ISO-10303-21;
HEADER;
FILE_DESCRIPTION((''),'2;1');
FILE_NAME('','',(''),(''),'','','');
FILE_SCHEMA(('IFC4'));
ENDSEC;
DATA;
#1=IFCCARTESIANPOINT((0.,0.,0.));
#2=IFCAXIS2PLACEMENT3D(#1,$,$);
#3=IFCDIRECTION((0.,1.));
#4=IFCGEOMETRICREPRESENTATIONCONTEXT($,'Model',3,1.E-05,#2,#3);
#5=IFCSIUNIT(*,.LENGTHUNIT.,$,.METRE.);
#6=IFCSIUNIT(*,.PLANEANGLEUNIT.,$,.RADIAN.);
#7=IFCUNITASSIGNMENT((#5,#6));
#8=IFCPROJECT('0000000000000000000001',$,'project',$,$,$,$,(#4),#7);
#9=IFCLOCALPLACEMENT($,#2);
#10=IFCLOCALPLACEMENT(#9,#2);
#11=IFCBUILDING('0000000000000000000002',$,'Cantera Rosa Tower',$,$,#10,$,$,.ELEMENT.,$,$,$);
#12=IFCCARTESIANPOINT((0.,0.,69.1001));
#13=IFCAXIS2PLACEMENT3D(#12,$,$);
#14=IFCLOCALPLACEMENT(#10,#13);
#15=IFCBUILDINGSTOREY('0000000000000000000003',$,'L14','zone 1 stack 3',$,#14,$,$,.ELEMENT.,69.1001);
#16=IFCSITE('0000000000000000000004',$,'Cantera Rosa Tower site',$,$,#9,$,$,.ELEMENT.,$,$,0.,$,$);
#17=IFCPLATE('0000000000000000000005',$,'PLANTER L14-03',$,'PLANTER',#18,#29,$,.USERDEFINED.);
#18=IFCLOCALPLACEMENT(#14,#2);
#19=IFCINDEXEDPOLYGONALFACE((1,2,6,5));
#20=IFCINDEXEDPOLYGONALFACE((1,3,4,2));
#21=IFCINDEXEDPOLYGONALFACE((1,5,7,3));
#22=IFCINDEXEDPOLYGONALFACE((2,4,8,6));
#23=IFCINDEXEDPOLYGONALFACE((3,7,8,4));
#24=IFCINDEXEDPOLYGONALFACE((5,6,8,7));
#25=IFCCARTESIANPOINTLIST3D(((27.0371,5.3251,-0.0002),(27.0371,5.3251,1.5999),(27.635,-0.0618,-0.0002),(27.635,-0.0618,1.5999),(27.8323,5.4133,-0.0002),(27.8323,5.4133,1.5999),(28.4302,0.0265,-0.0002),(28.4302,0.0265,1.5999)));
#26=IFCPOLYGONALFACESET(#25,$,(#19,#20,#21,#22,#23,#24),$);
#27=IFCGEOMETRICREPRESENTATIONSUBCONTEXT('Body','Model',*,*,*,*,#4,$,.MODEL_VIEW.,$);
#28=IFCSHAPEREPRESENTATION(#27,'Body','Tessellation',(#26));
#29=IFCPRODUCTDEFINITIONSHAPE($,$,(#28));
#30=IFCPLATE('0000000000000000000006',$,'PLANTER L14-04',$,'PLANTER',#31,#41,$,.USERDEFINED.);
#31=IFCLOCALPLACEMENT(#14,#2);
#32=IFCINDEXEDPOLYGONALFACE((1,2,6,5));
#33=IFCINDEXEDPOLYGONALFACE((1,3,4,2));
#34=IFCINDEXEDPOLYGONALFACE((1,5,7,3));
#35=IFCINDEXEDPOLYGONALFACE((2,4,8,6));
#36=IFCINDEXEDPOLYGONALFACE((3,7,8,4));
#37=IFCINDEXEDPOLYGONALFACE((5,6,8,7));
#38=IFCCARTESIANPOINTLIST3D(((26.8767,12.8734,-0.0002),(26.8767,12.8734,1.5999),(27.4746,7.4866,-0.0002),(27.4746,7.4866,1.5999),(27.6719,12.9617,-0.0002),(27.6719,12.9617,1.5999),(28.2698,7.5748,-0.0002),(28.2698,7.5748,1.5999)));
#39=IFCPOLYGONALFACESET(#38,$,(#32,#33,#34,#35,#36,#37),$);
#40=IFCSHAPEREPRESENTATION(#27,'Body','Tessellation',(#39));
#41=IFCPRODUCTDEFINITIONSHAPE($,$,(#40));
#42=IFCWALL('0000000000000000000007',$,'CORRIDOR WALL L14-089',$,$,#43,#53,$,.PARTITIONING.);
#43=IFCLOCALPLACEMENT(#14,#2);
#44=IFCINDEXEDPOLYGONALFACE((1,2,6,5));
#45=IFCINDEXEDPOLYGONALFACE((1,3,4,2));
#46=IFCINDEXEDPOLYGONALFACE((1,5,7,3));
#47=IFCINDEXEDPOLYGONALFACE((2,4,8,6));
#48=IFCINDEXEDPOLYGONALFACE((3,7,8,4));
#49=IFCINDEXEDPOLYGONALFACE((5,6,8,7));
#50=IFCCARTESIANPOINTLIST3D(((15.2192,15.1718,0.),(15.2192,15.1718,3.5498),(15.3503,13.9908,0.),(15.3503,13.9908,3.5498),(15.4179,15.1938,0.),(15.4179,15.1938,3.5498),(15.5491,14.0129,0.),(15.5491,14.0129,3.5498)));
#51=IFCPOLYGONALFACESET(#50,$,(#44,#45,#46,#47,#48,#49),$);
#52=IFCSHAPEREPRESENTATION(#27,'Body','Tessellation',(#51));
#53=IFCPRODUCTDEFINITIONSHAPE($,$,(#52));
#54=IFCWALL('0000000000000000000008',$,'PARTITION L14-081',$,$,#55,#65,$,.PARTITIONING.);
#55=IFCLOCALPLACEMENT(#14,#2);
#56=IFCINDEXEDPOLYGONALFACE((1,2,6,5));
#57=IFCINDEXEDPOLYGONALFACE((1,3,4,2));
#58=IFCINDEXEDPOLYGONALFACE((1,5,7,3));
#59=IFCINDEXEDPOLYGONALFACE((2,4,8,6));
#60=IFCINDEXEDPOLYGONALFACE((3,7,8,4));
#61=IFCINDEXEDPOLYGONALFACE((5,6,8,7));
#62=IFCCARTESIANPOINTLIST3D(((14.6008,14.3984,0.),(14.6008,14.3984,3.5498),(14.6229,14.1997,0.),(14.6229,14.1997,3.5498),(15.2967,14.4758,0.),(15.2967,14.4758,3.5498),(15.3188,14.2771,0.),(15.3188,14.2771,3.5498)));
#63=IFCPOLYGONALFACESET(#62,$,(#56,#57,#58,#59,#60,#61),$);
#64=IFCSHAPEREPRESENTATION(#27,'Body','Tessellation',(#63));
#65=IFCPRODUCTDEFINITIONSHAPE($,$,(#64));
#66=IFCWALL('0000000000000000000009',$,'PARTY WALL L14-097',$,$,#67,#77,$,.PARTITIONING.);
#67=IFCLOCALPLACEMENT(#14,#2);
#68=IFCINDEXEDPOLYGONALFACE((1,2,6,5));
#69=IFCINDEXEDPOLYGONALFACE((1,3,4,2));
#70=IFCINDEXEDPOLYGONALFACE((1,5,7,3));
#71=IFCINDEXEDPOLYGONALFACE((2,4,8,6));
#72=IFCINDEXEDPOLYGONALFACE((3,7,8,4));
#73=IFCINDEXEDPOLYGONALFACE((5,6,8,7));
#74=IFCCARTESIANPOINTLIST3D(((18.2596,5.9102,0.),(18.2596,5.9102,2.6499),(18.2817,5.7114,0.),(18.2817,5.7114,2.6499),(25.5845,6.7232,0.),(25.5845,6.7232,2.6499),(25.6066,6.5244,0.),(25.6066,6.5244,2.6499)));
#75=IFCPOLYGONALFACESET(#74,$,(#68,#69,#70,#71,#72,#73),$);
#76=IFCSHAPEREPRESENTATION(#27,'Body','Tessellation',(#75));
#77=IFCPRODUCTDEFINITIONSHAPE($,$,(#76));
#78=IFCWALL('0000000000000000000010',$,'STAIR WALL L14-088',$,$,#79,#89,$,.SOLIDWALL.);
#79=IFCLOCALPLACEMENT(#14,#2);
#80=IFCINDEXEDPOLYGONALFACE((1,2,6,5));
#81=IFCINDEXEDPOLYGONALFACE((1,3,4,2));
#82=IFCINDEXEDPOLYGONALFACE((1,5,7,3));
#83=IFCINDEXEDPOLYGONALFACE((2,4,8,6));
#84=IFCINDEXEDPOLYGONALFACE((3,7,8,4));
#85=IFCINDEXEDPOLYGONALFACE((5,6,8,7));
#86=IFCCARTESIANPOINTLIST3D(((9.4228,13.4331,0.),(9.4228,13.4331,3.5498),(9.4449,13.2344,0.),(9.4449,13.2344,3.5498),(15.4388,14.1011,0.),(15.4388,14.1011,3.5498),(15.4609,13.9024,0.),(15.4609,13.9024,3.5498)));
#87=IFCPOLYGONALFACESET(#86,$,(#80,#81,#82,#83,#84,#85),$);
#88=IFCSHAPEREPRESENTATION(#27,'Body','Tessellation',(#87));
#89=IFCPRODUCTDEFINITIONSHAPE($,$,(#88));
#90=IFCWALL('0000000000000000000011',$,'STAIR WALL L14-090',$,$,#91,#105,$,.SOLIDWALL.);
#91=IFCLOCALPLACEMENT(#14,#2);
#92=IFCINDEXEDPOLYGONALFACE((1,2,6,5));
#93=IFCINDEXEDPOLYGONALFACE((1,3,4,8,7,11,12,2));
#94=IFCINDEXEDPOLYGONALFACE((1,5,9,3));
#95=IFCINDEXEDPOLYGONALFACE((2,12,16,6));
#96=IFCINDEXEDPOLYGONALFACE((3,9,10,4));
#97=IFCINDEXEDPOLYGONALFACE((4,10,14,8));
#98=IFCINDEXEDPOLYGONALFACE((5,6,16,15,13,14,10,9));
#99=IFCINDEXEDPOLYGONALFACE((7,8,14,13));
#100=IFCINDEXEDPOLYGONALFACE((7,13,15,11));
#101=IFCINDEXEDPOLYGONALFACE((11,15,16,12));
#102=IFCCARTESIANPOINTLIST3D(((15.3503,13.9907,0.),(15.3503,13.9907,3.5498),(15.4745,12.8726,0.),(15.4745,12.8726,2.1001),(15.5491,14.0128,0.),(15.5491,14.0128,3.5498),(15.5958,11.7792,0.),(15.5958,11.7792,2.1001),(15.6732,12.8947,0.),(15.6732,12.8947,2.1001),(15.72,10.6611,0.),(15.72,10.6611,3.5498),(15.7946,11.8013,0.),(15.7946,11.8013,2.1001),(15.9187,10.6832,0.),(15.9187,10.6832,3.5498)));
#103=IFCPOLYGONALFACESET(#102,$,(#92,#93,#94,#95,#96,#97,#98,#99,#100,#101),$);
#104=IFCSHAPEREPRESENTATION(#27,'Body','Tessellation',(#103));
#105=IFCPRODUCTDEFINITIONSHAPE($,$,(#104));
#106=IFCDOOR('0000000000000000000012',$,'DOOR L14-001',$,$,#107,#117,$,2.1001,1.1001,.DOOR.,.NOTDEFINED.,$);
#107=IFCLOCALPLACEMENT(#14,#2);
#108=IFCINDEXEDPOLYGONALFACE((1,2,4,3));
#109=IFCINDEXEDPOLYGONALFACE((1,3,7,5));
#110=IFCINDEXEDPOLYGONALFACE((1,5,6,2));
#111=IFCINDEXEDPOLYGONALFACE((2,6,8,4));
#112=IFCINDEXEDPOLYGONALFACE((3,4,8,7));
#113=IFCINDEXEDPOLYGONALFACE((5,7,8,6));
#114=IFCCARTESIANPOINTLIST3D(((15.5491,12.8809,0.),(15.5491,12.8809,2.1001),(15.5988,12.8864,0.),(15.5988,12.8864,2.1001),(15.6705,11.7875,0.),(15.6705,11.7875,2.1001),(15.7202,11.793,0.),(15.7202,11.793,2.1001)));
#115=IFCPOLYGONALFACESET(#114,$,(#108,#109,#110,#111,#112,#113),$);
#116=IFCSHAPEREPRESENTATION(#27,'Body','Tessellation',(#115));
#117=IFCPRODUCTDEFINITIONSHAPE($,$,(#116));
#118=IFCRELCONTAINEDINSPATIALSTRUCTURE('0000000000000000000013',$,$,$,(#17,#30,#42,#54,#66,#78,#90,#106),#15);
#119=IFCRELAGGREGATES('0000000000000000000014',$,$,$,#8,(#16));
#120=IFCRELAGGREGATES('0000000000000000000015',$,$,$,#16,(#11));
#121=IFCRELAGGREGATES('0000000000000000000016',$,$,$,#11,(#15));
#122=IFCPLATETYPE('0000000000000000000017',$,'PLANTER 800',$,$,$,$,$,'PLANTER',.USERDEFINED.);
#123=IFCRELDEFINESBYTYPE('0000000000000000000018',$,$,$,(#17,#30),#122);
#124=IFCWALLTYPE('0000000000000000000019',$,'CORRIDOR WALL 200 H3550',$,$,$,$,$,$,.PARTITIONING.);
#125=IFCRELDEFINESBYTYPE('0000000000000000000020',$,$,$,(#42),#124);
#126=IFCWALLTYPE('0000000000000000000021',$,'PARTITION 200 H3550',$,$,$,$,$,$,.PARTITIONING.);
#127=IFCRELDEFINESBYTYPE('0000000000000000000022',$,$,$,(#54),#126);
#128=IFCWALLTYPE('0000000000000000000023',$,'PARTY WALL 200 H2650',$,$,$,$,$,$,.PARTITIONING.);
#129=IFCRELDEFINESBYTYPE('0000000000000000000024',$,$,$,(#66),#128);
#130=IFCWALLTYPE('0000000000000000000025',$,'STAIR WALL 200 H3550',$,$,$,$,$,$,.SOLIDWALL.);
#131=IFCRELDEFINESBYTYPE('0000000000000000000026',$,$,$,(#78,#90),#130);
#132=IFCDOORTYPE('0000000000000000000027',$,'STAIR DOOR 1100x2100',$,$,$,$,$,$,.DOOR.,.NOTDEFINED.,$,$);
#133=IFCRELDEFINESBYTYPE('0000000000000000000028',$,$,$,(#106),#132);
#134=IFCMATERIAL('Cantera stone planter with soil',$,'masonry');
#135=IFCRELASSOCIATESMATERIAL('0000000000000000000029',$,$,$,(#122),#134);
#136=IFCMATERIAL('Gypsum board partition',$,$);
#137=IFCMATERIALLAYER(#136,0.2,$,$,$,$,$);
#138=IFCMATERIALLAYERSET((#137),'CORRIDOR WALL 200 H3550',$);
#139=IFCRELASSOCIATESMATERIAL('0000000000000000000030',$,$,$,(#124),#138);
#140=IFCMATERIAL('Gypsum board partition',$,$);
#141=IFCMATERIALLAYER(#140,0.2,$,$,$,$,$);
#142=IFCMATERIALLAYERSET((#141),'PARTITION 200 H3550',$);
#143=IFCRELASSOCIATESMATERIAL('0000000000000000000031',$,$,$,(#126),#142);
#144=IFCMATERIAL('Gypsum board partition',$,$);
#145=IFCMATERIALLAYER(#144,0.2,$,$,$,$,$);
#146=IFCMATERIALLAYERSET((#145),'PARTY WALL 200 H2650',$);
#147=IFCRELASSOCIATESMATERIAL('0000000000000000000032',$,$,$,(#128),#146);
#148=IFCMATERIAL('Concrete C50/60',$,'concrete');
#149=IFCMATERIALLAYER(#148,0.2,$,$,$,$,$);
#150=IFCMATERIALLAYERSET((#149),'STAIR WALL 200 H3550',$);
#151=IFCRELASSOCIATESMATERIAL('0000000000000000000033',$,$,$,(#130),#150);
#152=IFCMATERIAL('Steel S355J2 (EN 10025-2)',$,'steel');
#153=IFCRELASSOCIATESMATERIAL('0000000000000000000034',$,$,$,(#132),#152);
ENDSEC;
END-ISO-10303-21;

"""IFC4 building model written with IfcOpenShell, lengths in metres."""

from ifc_helpers import new_model, si_unit, direction, frame, frame_2d, origin, origin_2d, place, context, subcontext, project, spatial, rectangle, extrude, material, layer, layer_set, type_object, element, fill, save


model = new_model("IFC4")

# Units and contexts
model_context = context("Model", 3, precision=1e-05, world=origin(), true_north=direction((0.0, 1.0)))
body_context = subcontext(model_context, "Body", "Model", "MODEL_VIEW")
ifc_project = project(units=[si_unit("LENGTHUNIT", "METRE"), si_unit("PLANEANGLEUNIT", "RADIAN")], contexts=[model_context])

# Site, building, storey
site_placement = place(None, origin())
site = spatial("IfcSite", under=ifc_project, at=site_placement, Name="Cantera Rosa Tower site", CompositionType="ELEMENT", RefElevation=0.0)
building_placement = place(site_placement, origin())
building = spatial("IfcBuilding", under=site, at=building_placement, Name="Cantera Rosa Tower", CompositionType="ELEMENT")
storey_placement = place(building_placement, frame((0.0, 0.0, 69.1001)))
storey = spatial("IfcBuildingStorey", under=building, at=storey_placement, Name="L14", Description="zone 1 stack 3", CompositionType="ELEMENT", Elevation=69.1001)

# Plates
ifc_material_1 = material(Name="Cantera stone planter with soil", Category="masonry")
plate_type = type_object("IfcPlateType", Name="PLANTER 800", ElementType="PLANTER", PredefinedType="USERDEFINED", material=ifc_material_1)
for number, where, z_axis, x_axis, name in (
    (1, (27.7336, 2.6758, -0.0002), (0.0, 0.0, 1.0), (-0.110313, 0.993897, 0.0), "PLANTER L14-03"),
    (2, (27.5732, 10.2241, -0.0002), (0.0, 0.0, 1.0), (-0.110313, 0.993897, 0.0), "PLANTER L14-04"),
):
    element("IfcPlate", number, at=place(storey_placement, frame(where, z_axis=z_axis, x_axis=x_axis)), inside=storey, type_object=plate_type, Name=name, ObjectType="PLANTER", PredefinedType="USERDEFINED", context=body_context, shape_type="SweptSolid", body=[
        extrude(rectangle(XDim=5.4199, YDim=0.8, at=origin_2d()), origin(), (0.0, 0.0, 1.0), 1.6001),
    ])

# Wall
ifc_material_2 = material(Name="Gypsum board partition")
ifc_layer_1 = layer(ifc_material_2, 0.2)
ifc_layer_set_1 = layer_set([ifc_layer_1], Name="CORRIDOR WALL 200 H3550")
wall_type_1 = type_object("IfcWallType", Name="CORRIDOR WALL 200 H3550", PredefinedType="PARTITIONING", material=ifc_layer_set_1)
wall_1_placement = place(storey_placement, frame((15.4497, 14.0017, 0.0), z_axis=(0.0, 0.0, 1.0), x_axis=(-0.110341, 0.993894, 0.0)))
element("IfcWall", 3, at=wall_1_placement, inside=storey, type_object=wall_type_1, Name="CORRIDOR WALL L14-089", PredefinedType="PARTITIONING", context=body_context, shape_type="SweptSolid", body=[
    extrude(rectangle(XDim=1.1882, YDim=0.2, at=frame_2d((0.5942, 0.0))), origin(), (0.0, 0.0, 1.0), 3.5498),
])

# Walls
ifc_material_3 = material(Name="Gypsum board partition")
ifc_layer_2 = layer(ifc_material_3, 0.2)
ifc_layer_set_2 = layer_set([ifc_layer_2], Name="PARTITION 200 H3550")
wall_type_2 = type_object("IfcWallType", Name="PARTITION 200 H3550", PredefinedType="PARTITIONING", material=ifc_layer_set_2)
wall_2_placement = place(storey_placement, frame((14.6118, 14.2991, 0.0), z_axis=(0.0, 0.0, 1.0), x_axis=(0.993871, 0.110546, 0.0)))
element("IfcWall", 4, at=wall_2_placement, inside=storey, type_object=wall_type_2, Name="PARTITION L14-081", PredefinedType="PARTITIONING", context=body_context, shape_type="SweptSolid", body=[
    extrude(rectangle(XDim=0.7002, YDim=0.2, at=frame_2d((0.3501, 0.0))), origin(), (0.0, 0.0, 1.0), 3.5498),
])
ifc_material_4 = material(Name="Gypsum board partition")
ifc_layer_3 = layer(ifc_material_4, 0.2)
ifc_layer_set_3 = layer_set([ifc_layer_3], Name="PARTY WALL 200 H2650")
wall_type_3 = type_object("IfcWallType", Name="PARTY WALL 200 H2650", PredefinedType="PARTITIONING", material=ifc_layer_set_3)
wall_3_placement = place(storey_placement, frame((18.2705, 5.8108, 0.0), z_axis=(0.0, 0.0, 1.0), x_axis=(0.993897, 0.110312, 0.0)))
element("IfcWall", 5, at=wall_3_placement, inside=storey, type_object=wall_type_3, Name="PARTY WALL L14-097", PredefinedType="PARTITIONING", context=body_context, shape_type="SweptSolid", body=[
    extrude(rectangle(XDim=7.3699, YDim=0.2, at=frame_2d((3.6851, 0.0))), origin(), (0.0, 0.0, 1.0), 2.6499),
])
ifc_material_5 = material(Name="Concrete C50/60", Category="concrete")
ifc_layer_4 = layer(ifc_material_5, 0.2)
ifc_layer_set_4 = layer_set([ifc_layer_4], Name="STAIR WALL 200 H3550")
wall_type_4 = type_object("IfcWallType", Name="STAIR WALL 200 H3550", PredefinedType="SOLIDWALL", material=ifc_layer_set_4)
wall_4_placement = place(storey_placement, frame((15.4497, 14.0017, 0.0), z_axis=(0.0, 0.0, 1.0), x_axis=(-0.993893, -0.110352, 0.0)))
element("IfcWall", 6, at=wall_4_placement, inside=storey, type_object=wall_type_4, Name="STAIR WALL L14-088", PredefinedType="SOLIDWALL", context=body_context, shape_type="SweptSolid", body=[
    extrude(rectangle(XDim=6.053, YDim=0.2, at=frame_2d((3.0264, 0.0))), origin(), (0.0, 0.0, 1.0), 3.5498),
])

# Wall, opening, door
wall_5_placement = place(storey_placement, frame((15.8193, 10.6721, 0.0), z_axis=(0.0, 0.0, 1.0), x_axis=(-0.110336, 0.993894, 0.0)))
wall_5 = element("IfcWall", 7, at=wall_5_placement, inside=storey, type_object=wall_type_4, Name="STAIR WALL L14-090", PredefinedType="SOLIDWALL", context=body_context, shape_type="SweptSolid", body=[
    extrude(rectangle(XDim=3.3501, YDim=0.2, at=frame_2d((1.675, 0.0))), origin(), (0.0, 0.0, 1.0), 3.5498),
])
opening_1_placement = place(wall_5_placement, frame((1.125, 0.0, 0.0)))
opening_1 = element("IfcOpeningElement", 8, at=opening_1_placement, cuts=wall_5, PredefinedType="OPENING", context=body_context, shape_type="SweptSolid", body=[
    extrude(rectangle(XDim=1.1001, YDim=2.1001, at=frame_2d((0.55, 1.05))), frame((0.0, 0.1099, 0.0), z_axis=(0.0, -1.0, 0.0), x_axis=(1.0, 0.0, 0.0)), (0.0, 0.0, 1.0), 0.22),
])
ifc_material_6 = material(Name="Steel S355J2 (EN 10025-2)", Category="steel")
door_type_1 = type_object("IfcDoorType", Name="STAIR DOOR 1100x2100", OperationType="NOTDEFINED", PredefinedType="DOOR", material=ifc_material_6)
door_1_placement = place(opening_1_placement, origin())
door_1 = element("IfcDoor", 9, at=door_1_placement, inside=storey, type_object=door_type_1, Name="DOOR L14-001", OperationType="NOTDEFINED", OverallHeight=2.1001, OverallWidth=1.1001, PredefinedType="DOOR", context=body_context, shape_type="SweptSolid", body=[
    extrude(rectangle(XDim=1.1001, YDim=2.1001, at=frame_2d((0.55, 1.05))), frame((0.0, 0.0249, 0.0), z_axis=(0.0, -1.0, 0.0), x_axis=(1.0, 0.0, 0.0)), (0.0, 0.0, 1.0), 0.05),
])
fill(opening_1, door_1)

save(model, "model.ifc")
